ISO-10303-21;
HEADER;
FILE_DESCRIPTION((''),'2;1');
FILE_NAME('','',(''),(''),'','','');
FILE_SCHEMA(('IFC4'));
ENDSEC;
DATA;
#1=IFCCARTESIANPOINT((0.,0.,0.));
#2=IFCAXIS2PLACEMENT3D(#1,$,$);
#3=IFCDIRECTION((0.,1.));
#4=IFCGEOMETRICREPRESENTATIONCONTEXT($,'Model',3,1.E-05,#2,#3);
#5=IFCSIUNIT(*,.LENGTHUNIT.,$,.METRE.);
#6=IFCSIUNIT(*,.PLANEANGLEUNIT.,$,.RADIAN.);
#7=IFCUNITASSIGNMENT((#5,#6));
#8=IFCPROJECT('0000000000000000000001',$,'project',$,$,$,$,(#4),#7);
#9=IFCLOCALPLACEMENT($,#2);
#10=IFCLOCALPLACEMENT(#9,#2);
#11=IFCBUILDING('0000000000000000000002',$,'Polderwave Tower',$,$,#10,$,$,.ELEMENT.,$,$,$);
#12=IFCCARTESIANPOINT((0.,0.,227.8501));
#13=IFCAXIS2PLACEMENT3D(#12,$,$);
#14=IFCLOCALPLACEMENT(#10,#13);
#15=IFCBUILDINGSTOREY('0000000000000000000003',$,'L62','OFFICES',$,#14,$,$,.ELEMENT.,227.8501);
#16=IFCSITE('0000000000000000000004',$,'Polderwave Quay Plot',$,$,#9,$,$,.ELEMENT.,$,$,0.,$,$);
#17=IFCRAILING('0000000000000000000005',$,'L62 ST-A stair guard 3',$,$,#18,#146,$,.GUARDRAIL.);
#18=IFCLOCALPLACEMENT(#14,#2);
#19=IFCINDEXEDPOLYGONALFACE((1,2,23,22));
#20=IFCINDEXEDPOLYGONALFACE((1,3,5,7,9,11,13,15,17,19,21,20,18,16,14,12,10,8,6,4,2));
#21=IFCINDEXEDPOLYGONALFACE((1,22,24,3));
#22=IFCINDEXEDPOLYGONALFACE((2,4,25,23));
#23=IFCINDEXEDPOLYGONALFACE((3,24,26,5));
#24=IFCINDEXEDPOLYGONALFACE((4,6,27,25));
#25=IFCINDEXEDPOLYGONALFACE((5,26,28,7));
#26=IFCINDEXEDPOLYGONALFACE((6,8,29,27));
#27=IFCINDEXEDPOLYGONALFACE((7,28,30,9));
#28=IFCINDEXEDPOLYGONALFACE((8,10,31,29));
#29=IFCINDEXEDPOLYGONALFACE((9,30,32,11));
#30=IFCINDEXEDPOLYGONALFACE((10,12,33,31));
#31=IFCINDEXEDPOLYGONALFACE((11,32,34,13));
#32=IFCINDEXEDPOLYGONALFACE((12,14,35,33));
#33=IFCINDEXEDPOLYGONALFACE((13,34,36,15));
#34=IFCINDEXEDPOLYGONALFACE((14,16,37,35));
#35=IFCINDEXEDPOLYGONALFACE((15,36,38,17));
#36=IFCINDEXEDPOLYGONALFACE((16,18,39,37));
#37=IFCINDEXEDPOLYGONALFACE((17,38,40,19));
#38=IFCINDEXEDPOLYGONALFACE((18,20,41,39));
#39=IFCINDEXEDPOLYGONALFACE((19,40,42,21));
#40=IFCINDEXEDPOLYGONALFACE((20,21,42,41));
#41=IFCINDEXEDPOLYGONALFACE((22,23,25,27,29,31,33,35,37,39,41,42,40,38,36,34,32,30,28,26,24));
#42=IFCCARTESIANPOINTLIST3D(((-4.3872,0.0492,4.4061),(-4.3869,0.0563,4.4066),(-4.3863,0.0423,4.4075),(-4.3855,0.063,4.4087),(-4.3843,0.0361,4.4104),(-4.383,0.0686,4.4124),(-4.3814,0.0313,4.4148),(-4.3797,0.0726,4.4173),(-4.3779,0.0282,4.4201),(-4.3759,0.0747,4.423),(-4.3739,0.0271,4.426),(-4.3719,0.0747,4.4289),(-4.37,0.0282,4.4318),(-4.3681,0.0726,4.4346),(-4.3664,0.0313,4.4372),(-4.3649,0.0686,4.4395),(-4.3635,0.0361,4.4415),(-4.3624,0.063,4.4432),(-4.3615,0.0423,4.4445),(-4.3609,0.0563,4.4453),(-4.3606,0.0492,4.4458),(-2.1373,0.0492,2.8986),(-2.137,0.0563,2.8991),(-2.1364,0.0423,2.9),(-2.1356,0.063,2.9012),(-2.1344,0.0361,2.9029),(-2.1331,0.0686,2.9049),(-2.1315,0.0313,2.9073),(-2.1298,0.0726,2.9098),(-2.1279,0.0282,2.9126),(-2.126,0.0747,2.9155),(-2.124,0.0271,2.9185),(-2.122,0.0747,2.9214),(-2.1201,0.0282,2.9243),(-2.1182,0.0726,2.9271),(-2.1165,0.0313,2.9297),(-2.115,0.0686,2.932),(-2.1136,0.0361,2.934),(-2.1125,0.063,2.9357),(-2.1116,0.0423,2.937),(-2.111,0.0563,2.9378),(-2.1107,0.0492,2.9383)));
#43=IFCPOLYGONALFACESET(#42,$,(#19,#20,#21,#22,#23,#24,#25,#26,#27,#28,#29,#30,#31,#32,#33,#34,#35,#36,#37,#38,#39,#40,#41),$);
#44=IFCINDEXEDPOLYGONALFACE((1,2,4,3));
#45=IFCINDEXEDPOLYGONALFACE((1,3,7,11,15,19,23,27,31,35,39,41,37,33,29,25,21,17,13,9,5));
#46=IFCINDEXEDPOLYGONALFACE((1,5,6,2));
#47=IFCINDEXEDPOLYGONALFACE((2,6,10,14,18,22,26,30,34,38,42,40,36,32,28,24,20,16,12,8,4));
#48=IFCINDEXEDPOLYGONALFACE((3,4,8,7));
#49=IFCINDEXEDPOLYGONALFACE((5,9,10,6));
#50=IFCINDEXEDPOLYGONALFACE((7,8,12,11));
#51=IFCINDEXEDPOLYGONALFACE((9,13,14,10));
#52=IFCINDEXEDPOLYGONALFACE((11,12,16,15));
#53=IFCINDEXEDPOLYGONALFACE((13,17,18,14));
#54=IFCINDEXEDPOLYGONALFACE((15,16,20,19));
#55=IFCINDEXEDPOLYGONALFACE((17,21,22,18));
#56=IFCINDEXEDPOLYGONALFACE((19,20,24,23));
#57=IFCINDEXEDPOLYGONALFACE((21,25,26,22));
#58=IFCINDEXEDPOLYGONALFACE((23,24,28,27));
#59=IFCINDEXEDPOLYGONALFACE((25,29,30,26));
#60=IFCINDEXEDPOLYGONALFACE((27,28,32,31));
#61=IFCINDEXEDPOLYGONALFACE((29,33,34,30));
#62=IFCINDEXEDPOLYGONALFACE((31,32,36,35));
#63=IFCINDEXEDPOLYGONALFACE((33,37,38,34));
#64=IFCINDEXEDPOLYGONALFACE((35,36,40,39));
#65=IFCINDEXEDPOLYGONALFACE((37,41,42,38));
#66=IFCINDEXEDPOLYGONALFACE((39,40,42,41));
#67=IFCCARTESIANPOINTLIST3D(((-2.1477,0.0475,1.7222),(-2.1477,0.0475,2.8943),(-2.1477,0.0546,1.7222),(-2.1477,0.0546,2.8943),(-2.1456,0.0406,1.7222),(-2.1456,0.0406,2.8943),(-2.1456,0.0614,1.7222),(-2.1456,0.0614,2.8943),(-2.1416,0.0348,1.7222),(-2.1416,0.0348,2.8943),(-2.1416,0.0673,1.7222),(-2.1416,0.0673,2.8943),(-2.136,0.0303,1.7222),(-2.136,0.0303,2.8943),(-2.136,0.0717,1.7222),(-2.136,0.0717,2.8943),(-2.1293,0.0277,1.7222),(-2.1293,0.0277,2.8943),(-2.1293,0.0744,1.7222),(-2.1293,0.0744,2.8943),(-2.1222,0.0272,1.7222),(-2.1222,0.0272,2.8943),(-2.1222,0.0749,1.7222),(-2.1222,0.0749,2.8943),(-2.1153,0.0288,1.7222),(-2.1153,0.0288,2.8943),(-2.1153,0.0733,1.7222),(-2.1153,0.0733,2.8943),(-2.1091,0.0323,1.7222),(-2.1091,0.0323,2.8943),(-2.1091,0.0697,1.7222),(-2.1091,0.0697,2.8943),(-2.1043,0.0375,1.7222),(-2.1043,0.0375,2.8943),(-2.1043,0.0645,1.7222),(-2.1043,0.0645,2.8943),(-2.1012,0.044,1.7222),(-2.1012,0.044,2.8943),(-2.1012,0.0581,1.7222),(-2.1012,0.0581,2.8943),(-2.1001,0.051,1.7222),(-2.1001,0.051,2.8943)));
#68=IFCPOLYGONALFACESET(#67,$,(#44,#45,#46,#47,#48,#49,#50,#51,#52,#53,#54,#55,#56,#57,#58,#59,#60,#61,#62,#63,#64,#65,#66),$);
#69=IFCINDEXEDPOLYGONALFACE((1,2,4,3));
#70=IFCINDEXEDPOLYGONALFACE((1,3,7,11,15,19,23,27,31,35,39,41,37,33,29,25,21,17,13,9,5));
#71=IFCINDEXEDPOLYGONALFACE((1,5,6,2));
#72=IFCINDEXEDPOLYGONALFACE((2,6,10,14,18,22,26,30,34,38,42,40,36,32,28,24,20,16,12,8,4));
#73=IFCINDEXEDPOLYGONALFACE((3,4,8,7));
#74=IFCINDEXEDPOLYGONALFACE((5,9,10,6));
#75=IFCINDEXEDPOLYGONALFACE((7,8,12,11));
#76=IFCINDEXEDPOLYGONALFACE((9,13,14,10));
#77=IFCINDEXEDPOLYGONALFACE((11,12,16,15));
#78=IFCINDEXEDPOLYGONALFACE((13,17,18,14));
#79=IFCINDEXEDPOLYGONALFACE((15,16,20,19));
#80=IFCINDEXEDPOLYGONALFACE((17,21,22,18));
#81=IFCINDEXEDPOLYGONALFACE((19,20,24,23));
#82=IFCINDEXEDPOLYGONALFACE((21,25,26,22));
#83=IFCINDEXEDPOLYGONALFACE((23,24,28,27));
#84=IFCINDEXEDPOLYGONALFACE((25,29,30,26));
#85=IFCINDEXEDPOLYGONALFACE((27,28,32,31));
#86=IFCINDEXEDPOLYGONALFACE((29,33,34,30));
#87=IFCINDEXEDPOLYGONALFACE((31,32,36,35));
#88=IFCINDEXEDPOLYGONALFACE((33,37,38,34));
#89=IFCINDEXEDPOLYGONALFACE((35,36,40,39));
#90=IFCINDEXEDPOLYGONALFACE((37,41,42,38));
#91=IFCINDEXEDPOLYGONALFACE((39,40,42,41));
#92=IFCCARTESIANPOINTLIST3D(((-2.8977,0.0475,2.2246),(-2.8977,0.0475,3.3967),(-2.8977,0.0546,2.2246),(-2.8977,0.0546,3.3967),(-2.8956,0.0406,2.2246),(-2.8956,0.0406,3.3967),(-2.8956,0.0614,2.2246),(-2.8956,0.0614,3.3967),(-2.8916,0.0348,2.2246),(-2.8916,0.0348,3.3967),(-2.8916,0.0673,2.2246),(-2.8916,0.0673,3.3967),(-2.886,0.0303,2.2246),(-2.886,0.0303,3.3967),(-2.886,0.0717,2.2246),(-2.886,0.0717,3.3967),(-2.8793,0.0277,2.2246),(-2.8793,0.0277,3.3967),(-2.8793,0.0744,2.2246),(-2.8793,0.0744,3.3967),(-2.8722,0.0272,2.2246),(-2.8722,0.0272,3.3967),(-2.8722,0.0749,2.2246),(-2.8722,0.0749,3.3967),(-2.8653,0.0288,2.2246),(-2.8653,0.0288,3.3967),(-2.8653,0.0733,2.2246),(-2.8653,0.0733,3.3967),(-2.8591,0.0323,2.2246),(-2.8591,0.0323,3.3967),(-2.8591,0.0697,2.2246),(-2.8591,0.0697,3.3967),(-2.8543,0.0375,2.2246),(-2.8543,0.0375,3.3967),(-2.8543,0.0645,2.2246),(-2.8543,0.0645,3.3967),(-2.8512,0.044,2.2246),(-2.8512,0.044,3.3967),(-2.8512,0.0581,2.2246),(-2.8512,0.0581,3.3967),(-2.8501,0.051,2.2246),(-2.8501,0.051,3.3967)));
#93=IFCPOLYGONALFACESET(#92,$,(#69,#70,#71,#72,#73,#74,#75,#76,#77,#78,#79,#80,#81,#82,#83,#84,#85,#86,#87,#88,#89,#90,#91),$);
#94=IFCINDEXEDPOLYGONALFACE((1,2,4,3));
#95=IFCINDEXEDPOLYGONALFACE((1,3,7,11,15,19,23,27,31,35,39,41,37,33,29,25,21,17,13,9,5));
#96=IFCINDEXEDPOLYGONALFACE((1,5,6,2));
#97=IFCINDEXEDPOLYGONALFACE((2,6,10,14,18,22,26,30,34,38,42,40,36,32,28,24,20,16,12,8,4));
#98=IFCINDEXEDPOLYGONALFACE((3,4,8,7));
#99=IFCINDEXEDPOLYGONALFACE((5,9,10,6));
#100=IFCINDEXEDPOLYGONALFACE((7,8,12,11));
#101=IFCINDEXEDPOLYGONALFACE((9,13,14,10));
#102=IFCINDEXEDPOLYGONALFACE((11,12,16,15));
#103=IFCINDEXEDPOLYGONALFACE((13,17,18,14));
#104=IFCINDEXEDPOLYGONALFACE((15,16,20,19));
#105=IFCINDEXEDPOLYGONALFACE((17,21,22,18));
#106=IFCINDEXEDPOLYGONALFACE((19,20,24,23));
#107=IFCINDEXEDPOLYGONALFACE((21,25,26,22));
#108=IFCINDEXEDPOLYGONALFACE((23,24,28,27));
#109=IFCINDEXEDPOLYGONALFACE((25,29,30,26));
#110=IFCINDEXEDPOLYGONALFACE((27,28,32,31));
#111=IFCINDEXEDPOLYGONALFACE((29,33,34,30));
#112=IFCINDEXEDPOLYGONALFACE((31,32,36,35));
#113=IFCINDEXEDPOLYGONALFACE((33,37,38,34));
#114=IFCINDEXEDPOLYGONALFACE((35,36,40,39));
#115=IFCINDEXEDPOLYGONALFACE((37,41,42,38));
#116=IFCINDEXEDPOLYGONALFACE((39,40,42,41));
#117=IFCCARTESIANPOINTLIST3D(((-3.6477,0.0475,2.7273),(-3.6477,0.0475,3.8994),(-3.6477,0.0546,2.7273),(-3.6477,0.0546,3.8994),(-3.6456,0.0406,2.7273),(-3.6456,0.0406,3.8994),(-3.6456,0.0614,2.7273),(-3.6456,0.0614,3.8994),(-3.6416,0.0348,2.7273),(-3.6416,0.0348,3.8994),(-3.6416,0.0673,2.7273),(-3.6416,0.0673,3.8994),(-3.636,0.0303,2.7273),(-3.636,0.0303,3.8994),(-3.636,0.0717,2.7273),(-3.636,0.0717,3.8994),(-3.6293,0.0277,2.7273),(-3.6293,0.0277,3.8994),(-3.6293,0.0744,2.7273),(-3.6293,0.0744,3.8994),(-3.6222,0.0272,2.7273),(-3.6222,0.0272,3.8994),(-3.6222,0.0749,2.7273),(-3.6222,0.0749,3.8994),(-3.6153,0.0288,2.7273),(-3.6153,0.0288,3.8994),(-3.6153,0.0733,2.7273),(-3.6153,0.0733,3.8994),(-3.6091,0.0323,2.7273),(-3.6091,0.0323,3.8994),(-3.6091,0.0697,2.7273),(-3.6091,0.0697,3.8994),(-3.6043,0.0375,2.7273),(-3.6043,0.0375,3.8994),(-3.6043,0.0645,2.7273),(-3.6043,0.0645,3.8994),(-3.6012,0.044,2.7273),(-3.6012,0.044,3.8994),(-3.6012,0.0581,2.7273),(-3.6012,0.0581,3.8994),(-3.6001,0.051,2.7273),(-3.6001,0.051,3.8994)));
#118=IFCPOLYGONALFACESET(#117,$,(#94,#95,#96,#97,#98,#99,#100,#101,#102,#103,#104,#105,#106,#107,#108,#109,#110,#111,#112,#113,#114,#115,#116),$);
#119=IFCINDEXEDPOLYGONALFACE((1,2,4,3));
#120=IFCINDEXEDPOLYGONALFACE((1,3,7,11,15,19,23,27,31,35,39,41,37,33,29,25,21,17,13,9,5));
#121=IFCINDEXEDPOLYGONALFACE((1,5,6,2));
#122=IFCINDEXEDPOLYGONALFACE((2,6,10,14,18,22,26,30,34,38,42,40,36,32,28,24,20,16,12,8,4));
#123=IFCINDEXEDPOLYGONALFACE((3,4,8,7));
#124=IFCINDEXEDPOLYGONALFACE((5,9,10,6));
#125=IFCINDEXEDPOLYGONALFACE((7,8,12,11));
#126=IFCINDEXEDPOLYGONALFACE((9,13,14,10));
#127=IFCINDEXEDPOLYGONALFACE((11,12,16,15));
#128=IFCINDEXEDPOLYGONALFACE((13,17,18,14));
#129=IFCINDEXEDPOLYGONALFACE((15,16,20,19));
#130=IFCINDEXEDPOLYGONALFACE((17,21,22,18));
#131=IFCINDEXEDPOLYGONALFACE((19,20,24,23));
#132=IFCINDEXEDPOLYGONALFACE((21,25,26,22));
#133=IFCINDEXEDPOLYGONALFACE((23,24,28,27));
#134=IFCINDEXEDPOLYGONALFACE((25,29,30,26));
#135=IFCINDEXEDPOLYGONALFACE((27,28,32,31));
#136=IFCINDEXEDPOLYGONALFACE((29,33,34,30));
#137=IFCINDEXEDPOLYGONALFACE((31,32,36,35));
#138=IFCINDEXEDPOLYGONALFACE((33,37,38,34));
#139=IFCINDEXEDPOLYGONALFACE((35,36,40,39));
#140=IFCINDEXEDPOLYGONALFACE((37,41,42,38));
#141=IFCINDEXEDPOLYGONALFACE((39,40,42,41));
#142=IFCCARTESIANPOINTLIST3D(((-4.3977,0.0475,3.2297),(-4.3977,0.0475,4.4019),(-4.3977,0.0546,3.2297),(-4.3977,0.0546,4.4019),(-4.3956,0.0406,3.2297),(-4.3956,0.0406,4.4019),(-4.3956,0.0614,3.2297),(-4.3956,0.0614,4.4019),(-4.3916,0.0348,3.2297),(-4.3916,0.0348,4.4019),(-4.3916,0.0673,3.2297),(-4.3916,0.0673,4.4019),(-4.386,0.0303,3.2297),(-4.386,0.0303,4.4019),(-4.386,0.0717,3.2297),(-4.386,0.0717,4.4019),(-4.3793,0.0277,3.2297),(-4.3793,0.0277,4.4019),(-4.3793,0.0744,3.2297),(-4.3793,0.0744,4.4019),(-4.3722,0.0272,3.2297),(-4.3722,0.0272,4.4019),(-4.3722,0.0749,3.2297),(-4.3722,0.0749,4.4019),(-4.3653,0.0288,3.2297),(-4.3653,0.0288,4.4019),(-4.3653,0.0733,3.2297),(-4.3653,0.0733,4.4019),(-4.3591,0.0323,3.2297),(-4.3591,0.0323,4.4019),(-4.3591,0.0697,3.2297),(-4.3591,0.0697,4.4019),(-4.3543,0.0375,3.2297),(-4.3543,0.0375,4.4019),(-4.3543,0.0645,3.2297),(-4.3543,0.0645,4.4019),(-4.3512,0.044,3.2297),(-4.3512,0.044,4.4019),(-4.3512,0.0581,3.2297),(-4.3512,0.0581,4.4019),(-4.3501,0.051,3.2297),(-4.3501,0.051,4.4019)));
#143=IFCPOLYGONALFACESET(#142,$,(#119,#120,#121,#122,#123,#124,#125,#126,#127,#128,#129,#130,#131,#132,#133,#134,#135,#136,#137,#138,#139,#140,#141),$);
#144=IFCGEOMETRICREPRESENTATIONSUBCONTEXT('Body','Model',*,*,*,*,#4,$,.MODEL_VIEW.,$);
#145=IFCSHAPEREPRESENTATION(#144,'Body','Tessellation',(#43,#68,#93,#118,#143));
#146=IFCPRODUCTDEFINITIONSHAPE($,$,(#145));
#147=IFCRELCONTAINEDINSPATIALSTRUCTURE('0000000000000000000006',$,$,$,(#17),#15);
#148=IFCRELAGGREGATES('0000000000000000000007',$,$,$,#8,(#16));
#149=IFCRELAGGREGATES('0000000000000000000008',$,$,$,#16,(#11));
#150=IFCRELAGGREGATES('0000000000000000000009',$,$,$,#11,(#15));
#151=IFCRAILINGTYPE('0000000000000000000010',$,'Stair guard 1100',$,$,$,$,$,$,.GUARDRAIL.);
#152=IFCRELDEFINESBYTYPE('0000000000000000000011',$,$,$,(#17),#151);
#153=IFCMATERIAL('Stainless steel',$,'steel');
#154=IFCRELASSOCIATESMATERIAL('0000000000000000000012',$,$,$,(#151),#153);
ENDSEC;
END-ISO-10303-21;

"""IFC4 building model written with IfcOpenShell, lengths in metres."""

from ifc_helpers import new_model, si_unit, direction, frame, origin, origin_2d, place, context, subcontext, project, spatial, circle, extrude, material, type_object, element, save


model = new_model("IFC4")

# Units and contexts
model_context = context("Model", 3, precision=1e-05, world=origin(), true_north=direction((0.0, 1.0)))
body_context = subcontext(model_context, "Body", "Model", "MODEL_VIEW")
ifc_project = project(units=[si_unit("LENGTHUNIT", "METRE"), si_unit("PLANEANGLEUNIT", "RADIAN")], contexts=[model_context])

# Site, building, storey
site_placement = place(None, origin())
site = spatial("IfcSite", under=ifc_project, at=site_placement, Name="Polderwave Quay Plot", CompositionType="ELEMENT", RefElevation=0.0)
building_placement = place(site_placement, origin())
building = spatial("IfcBuilding", under=site, at=building_placement, Name="Polderwave Tower", CompositionType="ELEMENT")
storey_placement = place(building_placement, frame((0.0, 0.0, 227.8501)))
storey = spatial("IfcBuildingStorey", under=building, at=storey_placement, Name="L62", Description="OFFICES", CompositionType="ELEMENT", Elevation=227.8501)

# Shared definitions
ifc_material_1 = material(Name="Stainless steel", Category="steel")

# Railing
railing_type_1 = type_object("IfcRailingType", Name="Stair guard 1100", PredefinedType="GUARDRAIL", material=ifc_material_1)
railing_1_placement = place(storey_placement, frame((-2.124, 0.051, 1.7222)))
element("IfcRailing", 1, at=railing_1_placement, inside=storey, type_object=railing_type_1, Name="L62 ST-A stair guard 3", PredefinedType="GUARDRAIL", context=body_context, shape_type="SweptSolid", body=[
    extrude(circle(Radius=0.0239, at=origin_2d()), frame((0.0, 0.0, 1.1963), z_axis=(-0.830758, 0.0, 0.556633), x_axis=(0.0, -1.0, 0.0)), (0.0, 0.0, 1.0), 2.7083),
    extrude(circle(Radius=0.0239, at=origin_2d()), origin(), (0.0, 0.0, 1.0), 1.1721),
    extrude(circle(Radius=0.0239, at=origin_2d()), frame((-0.75, 0.0, 0.5024)), (0.0, 0.0, 1.0), 1.1721),
    extrude(circle(Radius=0.0239, at=origin_2d()), frame((-1.5, 0.0, 1.0051)), (0.0, 0.0, 1.0), 1.1721),
    extrude(circle(Radius=0.0239, at=origin_2d()), frame((-2.25, 0.0, 1.5076)), (0.0, 0.0, 1.0), 1.1721),
])

save(model, "model.ifc")
